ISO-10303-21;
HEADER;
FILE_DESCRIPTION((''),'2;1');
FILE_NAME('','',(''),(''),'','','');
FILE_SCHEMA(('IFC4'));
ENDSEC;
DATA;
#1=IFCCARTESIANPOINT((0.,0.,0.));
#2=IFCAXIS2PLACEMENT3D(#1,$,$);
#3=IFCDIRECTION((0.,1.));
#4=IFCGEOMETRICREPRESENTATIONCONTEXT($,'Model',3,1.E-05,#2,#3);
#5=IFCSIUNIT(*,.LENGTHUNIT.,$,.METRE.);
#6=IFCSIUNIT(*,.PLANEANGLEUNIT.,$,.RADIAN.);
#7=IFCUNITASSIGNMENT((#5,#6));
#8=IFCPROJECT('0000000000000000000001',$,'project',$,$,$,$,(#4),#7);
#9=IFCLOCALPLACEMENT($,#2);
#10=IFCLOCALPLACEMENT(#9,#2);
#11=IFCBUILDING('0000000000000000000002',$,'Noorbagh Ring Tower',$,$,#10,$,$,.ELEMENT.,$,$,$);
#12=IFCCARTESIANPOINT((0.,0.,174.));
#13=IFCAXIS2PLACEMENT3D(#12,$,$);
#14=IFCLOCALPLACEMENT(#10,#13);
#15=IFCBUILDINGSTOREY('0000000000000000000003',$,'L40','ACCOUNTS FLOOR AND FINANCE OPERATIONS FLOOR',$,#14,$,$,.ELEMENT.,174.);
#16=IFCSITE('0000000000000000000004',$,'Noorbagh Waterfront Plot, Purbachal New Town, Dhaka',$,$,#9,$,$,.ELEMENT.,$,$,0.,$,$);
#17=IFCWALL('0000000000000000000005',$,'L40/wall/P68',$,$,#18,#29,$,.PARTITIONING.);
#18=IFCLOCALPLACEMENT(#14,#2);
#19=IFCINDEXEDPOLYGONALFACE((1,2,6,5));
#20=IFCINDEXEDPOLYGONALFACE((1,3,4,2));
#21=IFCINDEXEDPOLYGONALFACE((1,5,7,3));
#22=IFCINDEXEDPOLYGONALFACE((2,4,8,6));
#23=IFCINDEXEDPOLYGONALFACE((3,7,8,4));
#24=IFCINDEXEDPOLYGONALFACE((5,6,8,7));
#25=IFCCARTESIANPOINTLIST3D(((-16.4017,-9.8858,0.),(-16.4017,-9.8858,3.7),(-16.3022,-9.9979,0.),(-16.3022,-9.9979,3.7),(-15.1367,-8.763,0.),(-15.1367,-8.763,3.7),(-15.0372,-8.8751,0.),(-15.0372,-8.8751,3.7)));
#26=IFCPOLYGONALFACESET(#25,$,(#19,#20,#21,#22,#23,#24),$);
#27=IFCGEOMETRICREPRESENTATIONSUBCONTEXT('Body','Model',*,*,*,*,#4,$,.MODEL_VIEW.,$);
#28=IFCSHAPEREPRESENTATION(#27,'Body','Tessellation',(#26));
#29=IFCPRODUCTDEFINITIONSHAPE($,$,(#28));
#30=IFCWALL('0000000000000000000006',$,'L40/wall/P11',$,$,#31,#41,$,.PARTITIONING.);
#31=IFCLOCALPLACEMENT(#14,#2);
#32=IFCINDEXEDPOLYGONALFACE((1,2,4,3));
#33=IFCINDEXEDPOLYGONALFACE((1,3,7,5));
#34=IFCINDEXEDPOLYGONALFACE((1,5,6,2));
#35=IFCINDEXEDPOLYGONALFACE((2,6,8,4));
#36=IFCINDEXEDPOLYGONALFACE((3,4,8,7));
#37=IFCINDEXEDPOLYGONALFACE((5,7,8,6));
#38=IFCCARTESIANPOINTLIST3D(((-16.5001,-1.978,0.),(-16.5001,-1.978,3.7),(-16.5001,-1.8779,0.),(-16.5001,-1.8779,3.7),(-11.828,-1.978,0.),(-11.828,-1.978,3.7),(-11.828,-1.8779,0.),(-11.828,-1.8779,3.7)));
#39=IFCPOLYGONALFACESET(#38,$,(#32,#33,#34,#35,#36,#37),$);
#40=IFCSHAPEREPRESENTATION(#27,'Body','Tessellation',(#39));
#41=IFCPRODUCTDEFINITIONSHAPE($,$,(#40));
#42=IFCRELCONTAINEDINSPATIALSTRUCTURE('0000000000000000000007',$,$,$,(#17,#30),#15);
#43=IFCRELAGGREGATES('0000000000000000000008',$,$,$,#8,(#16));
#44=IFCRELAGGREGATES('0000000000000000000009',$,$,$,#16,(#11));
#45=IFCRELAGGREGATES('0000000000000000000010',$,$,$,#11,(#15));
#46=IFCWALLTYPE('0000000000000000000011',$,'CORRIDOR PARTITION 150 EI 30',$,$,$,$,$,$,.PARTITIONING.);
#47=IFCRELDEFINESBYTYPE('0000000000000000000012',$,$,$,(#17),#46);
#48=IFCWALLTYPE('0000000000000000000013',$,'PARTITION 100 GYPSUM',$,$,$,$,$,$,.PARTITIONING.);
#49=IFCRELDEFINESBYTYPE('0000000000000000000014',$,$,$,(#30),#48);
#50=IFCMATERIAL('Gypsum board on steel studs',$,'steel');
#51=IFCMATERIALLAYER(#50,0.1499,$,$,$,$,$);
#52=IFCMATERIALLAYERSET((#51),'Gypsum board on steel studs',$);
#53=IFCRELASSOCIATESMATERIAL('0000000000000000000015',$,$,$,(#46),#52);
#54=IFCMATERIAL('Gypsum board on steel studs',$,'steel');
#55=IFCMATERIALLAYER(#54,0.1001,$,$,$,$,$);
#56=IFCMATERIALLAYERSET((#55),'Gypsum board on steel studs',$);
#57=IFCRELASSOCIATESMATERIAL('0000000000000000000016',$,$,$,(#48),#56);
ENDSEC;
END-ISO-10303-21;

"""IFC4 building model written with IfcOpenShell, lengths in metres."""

from ifc_helpers import new_model, si_unit, direction, frame, frame_2d, origin, place, context, subcontext, project, spatial, rectangle, extrude, material, layer, layer_set, type_object, element, save


model = new_model("IFC4")

# Units and contexts
model_context = context("Model", 3, precision=1e-05, world=origin(), true_north=direction((0.0, 1.0)))
body_context = subcontext(model_context, "Body", "Model", "MODEL_VIEW")
ifc_project = project(units=[si_unit("LENGTHUNIT", "METRE"), si_unit("PLANEANGLEUNIT", "RADIAN")], contexts=[model_context])

# Site, building, storey
site_placement = place(None, origin())
site = spatial("IfcSite", under=ifc_project, at=site_placement, Name="Noorbagh Waterfront Plot, Purbachal New Town, Dhaka", CompositionType="ELEMENT", RefElevation=0.0)
building_placement = place(site_placement, origin())
building = spatial("IfcBuilding", under=site, at=building_placement, Name="Noorbagh Ring Tower", CompositionType="ELEMENT")
storey_placement = place(building_placement, frame((0.0, 0.0, 174.0)))
storey = spatial("IfcBuildingStorey", under=building, at=storey_placement, Name="L40", Description="ACCOUNTS FLOOR AND FINANCE OPERATIONS FLOOR", CompositionType="ELEMENT", Elevation=174.0)

# Shared definitions
ifc_material_1 = material(Name="Gypsum board on steel studs", Category="steel")
ifc_layer_1 = layer(ifc_material_1, 0.1499)
ifc_layer_set_1 = layer_set([ifc_layer_1], Name="Gypsum board on steel studs")
wall_type_1 = type_object("IfcWallType", Name="CORRIDOR PARTITION 150 EI 30", PredefinedType="PARTITIONING", material=ifc_layer_set_1)

# Walls
wall_1_placement = place(storey_placement, frame((-15.0869, -8.8191, 0.0), z_axis=(0.0, 0.0, 1.0), x_axis=(-0.747927, -0.663781, 0.0)))
element("IfcWall", 1, at=wall_1_placement, inside=storey, type_object=wall_type_1, Name="L40/wall/P68", PredefinedType="PARTITIONING", context=body_context, shape_type="SweptSolid", body=[
    extrude(rectangle(XDim=1.6914, YDim=0.1499, at=frame_2d((0.8457, 0.0))), origin(), (0.0, 0.0, 1.0), 3.7),
])
ifc_material_2 = material(Name="Gypsum board on steel studs", Category="steel")
ifc_layer_2 = layer(ifc_material_2, 0.1001)
ifc_layer_set_2 = layer_set([ifc_layer_2], Name="Gypsum board on steel studs")
wall_type_2 = type_object("IfcWallType", Name="PARTITION 100 GYPSUM", PredefinedType="PARTITIONING", material=ifc_layer_set_2)
wall_2_placement = place(storey_placement, frame((-16.5, -1.928, 0.0), z_axis=(0.0, 0.0, 1.0), x_axis=(1.0, 0.0, 0.0)))
element("IfcWall", 2, at=wall_2_placement, inside=storey, type_object=wall_type_2, Name="L40/wall/P11", PredefinedType="PARTITIONING", context=body_context, shape_type="SweptSolid", body=[
    extrude(rectangle(XDim=4.6721, YDim=0.1001, at=frame_2d((2.3359, 0.0))), origin(), (0.0, 0.0, 1.0), 3.7),
])

save(model, "model.ifc")
